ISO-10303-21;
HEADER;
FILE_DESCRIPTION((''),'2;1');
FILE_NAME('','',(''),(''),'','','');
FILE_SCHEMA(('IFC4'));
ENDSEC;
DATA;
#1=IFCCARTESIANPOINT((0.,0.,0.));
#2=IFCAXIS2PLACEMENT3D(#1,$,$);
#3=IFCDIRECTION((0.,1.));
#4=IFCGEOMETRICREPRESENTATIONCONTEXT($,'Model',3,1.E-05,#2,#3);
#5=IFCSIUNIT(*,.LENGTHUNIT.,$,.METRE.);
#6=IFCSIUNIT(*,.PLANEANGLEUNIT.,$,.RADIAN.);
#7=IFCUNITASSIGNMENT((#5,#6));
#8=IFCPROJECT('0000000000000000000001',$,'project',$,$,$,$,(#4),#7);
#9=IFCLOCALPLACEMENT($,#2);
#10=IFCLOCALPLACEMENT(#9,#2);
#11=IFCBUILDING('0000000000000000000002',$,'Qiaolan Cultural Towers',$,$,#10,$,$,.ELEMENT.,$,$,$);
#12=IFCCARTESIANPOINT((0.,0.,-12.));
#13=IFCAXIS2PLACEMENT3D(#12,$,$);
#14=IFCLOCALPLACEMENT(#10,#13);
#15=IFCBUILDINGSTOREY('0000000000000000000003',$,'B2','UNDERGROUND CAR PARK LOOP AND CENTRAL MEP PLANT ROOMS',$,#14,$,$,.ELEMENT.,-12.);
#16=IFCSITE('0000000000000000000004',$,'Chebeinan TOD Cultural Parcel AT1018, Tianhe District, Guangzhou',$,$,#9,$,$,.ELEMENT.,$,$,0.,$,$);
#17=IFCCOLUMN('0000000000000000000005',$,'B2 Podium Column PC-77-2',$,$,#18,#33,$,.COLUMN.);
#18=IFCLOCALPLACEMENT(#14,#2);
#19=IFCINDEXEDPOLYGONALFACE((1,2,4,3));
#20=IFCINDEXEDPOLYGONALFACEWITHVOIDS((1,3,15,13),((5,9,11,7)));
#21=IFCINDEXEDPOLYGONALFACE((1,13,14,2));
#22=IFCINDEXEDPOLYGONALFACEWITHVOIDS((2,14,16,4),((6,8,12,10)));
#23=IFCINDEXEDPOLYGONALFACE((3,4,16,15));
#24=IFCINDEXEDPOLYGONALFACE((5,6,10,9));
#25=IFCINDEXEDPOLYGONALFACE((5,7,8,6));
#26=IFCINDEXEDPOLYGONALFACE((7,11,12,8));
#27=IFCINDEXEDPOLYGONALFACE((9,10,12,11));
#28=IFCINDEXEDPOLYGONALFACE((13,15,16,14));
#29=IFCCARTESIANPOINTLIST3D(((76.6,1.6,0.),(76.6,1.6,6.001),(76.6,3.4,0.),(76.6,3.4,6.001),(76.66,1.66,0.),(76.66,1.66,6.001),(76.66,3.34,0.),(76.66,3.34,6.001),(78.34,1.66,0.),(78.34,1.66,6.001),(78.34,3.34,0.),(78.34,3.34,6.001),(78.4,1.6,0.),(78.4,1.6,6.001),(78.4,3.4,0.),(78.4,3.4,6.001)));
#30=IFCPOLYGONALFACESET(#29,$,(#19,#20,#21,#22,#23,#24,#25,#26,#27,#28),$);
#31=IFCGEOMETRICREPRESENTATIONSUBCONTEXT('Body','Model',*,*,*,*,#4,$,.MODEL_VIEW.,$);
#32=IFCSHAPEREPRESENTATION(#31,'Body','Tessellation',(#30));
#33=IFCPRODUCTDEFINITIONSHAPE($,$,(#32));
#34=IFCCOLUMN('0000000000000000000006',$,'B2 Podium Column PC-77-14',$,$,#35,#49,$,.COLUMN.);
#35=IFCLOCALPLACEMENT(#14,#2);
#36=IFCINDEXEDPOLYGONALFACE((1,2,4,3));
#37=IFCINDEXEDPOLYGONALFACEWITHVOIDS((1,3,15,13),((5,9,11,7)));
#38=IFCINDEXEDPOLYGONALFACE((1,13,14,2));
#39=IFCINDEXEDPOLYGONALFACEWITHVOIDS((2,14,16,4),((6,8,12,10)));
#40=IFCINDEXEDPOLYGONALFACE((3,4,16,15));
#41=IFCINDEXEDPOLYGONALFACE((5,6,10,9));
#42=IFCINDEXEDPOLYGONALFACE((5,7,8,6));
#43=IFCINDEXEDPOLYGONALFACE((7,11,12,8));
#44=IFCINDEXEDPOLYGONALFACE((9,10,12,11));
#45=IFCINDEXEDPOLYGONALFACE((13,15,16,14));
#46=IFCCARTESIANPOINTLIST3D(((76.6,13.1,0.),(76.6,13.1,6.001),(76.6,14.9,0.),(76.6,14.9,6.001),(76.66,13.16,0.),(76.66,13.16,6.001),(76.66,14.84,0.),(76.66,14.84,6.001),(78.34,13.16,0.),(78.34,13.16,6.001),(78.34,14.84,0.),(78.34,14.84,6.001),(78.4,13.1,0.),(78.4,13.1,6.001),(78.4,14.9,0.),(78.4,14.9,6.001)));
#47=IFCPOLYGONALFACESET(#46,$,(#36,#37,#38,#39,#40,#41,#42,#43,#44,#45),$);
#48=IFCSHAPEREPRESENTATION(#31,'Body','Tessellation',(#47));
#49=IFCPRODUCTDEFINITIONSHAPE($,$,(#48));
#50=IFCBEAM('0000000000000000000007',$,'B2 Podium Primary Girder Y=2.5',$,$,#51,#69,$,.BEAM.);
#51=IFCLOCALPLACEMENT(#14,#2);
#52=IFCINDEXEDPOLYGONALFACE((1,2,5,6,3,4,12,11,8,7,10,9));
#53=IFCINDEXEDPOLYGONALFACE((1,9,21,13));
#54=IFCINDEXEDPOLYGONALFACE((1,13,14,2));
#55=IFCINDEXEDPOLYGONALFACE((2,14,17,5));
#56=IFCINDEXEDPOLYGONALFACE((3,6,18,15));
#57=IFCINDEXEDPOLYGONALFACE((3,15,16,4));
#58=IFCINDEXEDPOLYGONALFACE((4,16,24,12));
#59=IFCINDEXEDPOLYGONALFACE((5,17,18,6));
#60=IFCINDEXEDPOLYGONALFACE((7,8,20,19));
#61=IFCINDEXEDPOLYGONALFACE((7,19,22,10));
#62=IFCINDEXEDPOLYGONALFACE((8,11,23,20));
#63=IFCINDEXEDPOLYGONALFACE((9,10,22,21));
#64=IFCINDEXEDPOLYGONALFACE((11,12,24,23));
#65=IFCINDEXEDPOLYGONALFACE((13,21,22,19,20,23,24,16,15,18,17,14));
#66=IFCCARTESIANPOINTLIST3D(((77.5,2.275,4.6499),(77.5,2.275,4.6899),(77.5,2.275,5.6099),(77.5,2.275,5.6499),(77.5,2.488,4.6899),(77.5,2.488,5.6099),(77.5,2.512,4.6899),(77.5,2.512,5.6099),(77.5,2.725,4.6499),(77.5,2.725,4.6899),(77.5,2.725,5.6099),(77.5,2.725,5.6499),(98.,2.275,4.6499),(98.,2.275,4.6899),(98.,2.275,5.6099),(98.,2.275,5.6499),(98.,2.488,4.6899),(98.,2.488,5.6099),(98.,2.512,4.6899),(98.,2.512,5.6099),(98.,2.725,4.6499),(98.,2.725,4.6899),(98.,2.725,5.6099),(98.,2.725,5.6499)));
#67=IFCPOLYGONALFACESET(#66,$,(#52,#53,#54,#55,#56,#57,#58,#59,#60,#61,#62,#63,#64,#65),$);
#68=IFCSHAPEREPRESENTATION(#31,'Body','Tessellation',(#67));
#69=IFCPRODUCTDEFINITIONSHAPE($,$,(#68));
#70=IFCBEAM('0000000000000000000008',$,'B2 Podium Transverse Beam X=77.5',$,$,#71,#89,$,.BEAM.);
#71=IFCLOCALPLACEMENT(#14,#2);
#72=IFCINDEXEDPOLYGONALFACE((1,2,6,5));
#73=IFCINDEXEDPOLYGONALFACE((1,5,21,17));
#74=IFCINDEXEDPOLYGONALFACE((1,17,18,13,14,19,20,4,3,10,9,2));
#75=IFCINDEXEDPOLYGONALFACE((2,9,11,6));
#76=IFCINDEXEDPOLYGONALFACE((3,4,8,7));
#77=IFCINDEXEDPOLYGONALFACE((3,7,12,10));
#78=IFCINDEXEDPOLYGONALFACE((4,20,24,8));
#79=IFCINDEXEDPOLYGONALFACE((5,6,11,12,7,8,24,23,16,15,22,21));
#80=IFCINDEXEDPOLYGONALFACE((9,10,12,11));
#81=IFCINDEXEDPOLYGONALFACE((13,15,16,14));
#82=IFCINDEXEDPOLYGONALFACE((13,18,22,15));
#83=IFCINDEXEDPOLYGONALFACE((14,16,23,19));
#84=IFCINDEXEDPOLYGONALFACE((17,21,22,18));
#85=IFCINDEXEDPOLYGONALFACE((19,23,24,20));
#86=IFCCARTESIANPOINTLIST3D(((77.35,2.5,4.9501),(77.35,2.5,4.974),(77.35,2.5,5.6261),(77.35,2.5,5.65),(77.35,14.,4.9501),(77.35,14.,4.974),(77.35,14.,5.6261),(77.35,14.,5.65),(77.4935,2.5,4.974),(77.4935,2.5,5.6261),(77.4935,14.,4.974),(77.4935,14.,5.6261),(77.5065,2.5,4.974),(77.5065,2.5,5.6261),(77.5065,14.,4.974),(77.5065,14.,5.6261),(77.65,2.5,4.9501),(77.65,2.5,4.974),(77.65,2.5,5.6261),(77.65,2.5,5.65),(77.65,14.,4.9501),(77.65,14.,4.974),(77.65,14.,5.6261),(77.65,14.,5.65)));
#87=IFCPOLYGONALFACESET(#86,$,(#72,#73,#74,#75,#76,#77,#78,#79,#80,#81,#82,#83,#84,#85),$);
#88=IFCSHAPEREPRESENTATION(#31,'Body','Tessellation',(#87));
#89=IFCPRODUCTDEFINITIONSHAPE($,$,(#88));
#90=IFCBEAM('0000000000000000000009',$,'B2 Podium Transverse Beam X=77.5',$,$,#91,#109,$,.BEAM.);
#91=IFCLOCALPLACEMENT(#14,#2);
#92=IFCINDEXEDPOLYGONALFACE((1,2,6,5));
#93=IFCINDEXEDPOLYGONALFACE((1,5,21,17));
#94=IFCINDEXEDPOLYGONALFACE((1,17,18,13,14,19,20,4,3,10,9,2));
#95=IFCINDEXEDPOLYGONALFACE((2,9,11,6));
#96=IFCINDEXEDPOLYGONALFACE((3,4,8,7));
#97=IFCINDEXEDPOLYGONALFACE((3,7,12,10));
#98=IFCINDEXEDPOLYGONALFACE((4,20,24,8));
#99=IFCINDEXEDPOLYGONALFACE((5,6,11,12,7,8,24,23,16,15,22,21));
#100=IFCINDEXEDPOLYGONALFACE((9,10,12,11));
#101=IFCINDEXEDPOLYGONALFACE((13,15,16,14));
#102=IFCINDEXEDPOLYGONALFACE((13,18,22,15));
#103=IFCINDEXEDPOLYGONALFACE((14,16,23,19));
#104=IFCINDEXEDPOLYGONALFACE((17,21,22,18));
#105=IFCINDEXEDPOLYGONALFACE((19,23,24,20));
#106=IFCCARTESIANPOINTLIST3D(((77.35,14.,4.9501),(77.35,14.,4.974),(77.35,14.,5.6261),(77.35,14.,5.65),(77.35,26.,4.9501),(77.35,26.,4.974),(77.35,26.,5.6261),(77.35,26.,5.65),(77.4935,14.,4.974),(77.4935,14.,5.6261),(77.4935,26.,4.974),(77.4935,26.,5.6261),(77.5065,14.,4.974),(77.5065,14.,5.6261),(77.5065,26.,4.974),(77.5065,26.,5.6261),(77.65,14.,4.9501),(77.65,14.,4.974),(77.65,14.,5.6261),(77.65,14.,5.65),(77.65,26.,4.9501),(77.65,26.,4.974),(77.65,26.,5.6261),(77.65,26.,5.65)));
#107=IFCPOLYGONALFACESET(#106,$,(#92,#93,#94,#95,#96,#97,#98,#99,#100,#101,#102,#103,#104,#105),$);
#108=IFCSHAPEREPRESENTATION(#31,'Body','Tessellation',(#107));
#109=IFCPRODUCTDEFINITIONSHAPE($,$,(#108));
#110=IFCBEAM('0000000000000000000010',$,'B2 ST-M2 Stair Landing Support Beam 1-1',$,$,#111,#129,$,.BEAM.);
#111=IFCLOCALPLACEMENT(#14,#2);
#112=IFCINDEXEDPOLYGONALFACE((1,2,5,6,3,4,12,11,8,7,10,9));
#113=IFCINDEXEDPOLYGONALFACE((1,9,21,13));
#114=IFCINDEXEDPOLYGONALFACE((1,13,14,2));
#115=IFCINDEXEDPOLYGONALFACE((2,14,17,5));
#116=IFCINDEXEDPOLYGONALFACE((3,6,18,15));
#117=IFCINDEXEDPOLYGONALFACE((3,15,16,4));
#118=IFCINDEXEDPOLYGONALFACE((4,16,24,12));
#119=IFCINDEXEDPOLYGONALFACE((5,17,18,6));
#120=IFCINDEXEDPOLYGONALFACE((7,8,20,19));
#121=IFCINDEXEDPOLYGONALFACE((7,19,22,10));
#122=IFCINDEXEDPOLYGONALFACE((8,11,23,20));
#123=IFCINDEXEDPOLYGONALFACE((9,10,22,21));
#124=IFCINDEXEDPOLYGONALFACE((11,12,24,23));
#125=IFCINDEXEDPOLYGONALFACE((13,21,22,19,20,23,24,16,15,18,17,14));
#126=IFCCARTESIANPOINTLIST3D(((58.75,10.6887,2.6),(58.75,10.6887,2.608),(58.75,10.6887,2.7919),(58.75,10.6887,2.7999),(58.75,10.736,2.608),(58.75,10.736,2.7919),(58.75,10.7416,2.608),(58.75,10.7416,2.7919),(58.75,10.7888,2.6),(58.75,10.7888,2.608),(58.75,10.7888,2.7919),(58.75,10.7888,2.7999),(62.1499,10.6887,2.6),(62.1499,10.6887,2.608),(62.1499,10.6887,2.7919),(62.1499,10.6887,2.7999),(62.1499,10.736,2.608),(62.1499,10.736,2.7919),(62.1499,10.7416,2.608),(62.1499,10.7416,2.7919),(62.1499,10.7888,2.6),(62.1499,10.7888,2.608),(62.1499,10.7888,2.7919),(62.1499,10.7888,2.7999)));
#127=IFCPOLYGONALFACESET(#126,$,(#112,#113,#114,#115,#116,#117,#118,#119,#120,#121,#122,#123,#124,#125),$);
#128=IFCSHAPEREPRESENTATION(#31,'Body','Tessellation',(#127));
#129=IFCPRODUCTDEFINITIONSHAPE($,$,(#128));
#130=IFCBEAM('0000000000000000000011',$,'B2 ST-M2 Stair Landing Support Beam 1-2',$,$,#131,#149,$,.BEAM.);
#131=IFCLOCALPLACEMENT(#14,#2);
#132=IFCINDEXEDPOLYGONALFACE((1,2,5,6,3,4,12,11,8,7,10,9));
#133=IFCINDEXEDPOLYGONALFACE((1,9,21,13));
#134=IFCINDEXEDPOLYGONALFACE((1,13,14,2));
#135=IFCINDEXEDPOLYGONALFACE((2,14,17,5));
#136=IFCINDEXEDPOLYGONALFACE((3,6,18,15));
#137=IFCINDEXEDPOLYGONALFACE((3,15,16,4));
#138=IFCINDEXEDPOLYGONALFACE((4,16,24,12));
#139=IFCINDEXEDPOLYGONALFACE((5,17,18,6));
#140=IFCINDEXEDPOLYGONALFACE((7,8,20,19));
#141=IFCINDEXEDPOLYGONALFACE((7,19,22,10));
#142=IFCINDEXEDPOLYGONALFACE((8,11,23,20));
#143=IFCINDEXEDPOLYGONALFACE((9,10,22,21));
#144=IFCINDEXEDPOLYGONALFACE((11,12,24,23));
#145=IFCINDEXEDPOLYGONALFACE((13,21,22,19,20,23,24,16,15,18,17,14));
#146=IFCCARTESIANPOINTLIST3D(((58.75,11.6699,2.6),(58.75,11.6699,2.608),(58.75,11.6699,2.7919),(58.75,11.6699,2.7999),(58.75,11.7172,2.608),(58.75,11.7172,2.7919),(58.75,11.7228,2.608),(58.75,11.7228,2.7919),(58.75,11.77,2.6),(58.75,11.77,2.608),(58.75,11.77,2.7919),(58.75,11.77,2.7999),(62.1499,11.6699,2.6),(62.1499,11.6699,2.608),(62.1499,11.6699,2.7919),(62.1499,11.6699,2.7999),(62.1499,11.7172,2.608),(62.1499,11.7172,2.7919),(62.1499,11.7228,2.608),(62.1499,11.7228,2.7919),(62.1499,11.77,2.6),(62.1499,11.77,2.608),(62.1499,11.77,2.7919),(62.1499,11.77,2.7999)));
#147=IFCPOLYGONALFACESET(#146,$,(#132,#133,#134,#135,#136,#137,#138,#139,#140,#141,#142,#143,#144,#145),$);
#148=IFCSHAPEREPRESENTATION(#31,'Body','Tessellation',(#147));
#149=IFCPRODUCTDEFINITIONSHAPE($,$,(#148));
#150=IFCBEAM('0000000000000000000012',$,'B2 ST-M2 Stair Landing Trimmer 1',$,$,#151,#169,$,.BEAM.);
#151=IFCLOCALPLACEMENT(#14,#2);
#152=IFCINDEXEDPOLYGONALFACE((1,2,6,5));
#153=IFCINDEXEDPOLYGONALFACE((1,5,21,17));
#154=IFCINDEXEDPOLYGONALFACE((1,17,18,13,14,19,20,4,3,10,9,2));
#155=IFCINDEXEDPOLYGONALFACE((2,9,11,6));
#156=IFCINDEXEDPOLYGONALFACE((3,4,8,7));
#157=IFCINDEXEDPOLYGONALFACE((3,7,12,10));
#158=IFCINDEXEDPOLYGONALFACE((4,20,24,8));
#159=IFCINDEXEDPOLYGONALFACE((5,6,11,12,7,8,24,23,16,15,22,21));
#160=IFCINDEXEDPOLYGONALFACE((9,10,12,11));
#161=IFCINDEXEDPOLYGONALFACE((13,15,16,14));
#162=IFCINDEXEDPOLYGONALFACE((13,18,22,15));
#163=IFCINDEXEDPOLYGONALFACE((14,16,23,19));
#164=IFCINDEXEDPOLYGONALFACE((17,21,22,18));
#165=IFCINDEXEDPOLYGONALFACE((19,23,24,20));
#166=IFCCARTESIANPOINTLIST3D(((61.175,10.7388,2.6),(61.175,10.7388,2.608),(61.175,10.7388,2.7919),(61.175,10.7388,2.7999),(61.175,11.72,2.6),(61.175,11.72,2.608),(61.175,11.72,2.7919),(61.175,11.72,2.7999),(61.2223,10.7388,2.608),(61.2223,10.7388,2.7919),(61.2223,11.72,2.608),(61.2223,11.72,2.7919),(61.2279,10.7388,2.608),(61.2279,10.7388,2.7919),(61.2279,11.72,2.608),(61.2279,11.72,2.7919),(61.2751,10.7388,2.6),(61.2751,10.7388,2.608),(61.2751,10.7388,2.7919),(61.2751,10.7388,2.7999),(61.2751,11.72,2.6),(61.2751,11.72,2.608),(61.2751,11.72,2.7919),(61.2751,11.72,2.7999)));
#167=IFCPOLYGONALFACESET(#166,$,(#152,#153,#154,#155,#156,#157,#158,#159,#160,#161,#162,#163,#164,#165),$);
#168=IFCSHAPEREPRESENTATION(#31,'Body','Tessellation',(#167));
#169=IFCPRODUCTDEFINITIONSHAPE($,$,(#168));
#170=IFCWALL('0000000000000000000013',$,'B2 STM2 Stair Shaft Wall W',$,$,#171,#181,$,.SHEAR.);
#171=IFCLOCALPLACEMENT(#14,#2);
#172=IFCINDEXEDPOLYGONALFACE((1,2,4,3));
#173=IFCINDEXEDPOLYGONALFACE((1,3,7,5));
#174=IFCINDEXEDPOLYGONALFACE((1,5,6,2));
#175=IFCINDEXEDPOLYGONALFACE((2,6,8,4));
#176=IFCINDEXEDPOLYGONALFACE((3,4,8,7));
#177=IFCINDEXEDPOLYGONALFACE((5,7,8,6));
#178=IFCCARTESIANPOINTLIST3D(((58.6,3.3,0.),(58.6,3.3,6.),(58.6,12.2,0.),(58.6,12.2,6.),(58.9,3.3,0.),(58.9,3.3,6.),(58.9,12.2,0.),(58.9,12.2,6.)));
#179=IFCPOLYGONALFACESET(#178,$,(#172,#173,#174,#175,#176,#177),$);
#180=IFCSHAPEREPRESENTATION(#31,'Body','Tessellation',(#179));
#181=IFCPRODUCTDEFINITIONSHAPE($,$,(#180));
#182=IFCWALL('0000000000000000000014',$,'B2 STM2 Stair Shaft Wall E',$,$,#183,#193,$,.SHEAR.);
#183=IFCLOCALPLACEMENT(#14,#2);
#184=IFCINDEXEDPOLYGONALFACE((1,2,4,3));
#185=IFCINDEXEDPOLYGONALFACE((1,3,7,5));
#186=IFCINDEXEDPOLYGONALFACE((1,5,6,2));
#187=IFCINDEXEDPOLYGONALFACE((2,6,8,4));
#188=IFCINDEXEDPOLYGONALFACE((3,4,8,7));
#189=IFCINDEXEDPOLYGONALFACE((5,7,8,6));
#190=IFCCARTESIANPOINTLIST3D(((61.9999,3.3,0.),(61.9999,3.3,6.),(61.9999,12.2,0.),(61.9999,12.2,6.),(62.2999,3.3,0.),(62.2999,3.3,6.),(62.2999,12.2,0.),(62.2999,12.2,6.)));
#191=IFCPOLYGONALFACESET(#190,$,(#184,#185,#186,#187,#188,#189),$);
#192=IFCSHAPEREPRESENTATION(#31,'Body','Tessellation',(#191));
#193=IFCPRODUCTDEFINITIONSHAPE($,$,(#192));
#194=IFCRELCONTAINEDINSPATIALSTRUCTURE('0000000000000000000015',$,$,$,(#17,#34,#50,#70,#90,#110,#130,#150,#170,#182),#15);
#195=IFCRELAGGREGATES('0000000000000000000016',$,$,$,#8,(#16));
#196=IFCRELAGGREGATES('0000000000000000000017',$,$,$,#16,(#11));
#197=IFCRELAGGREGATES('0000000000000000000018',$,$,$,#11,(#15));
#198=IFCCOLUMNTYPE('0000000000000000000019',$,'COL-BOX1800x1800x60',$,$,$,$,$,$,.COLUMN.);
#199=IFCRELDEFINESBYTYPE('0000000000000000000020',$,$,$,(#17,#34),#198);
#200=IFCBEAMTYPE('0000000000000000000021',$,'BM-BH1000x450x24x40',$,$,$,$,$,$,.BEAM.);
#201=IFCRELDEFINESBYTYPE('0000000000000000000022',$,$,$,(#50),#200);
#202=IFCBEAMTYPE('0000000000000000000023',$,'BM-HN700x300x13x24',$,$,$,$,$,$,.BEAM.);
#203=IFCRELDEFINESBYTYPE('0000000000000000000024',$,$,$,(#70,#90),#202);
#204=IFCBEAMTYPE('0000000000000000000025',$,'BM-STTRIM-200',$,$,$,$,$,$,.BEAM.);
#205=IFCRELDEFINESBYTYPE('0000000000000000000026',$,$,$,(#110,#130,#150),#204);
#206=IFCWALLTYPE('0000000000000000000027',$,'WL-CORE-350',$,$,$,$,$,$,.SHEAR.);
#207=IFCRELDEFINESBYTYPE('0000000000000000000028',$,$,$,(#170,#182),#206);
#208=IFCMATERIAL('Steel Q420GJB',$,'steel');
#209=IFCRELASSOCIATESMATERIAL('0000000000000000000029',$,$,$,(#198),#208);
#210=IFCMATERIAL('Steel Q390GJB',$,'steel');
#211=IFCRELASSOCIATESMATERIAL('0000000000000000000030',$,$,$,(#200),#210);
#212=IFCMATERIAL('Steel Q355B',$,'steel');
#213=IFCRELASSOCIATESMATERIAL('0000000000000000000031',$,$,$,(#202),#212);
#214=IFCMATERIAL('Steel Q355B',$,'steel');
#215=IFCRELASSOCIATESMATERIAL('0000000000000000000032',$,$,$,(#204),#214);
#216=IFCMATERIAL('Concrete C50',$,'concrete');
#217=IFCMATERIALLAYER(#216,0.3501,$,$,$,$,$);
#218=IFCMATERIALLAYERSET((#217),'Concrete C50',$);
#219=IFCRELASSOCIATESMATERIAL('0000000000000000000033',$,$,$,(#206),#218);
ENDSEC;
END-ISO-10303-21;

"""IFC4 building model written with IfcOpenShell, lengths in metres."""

from ifc_helpers import new_model, si_unit, direction, frame, frame_2d, origin, origin_2d, place, context, subcontext, project, spatial, rectangle, hollow_rectangle, i_section, extrude, material, layer, layer_set, material_profile, profile_set, type_object, element, save


model = new_model("IFC4")

# Units and contexts
model_context = context("Model", 3, precision=1e-05, world=origin(), true_north=direction((0.0, 1.0)))
body_context = subcontext(model_context, "Body", "Model", "MODEL_VIEW")
ifc_project = project(units=[si_unit("LENGTHUNIT", "METRE"), si_unit("PLANEANGLEUNIT", "RADIAN")], contexts=[model_context])

# Site, building, storey
site_placement = place(None, origin())
site = spatial("IfcSite", under=ifc_project, at=site_placement, Name="Chebeinan TOD Cultural Parcel AT1018, Tianhe District, Guangzhou", CompositionType="ELEMENT", RefElevation=0.0)
building_placement = place(site_placement, origin())
building = spatial("IfcBuilding", under=site, at=building_placement, Name="Qiaolan Cultural Towers", CompositionType="ELEMENT")
storey_placement = place(building_placement, frame((0.0, 0.0, -12.0)))
storey = spatial("IfcBuildingStorey", under=building, at=storey_placement, Name="B2", Description="UNDERGROUND CAR PARK LOOP AND CENTRAL MEP PLANT ROOMS", CompositionType="ELEMENT", Elevation=-12.0)

# Columns
ifc_material_1 = material(Name="Steel Q420GJB", Category="steel")
ifc_material_profile_1 = material_profile(ifc_material_1, hollow_rectangle(XDim=1.8, YDim=1.8, WallThickness=0.0601, at=origin_2d()), Name="BOX1800x1800x60")
ifc_profile_set_1 = profile_set([ifc_material_profile_1], Name="Steel Q420GJB")
column_type_1 = type_object("IfcColumnType", Name="COL-BOX1800x1800x60", PredefinedType="COLUMN", material=ifc_profile_set_1)
for number, where, z_axis, x_axis, name in (
    (1, (77.5, 2.5, 0.0), (0.0, 0.0, 1.0), (1.0, 0.0, 0.0), "B2 Podium Column PC-77-2"),
    (2, (77.5, 14.0, 0.0), (0.0, 0.0, 1.0), (1.0, 0.0, 0.0), "B2 Podium Column PC-77-14"),
):
    element("IfcColumn", number, at=place(storey_placement, frame(where, z_axis=z_axis, x_axis=x_axis)), inside=storey, type_object=column_type_1, Name=name, PredefinedType="COLUMN", context=body_context, shape_type="SweptSolid", body=[
        extrude(hollow_rectangle(XDim=1.8, YDim=1.8, WallThickness=0.0601, at=origin_2d()), origin(), (0.0, 0.0, 1.0), 6.001),
    ])

# Beams
ifc_material_2 = material(Name="Steel Q390GJB", Category="steel")
ifc_material_profile_2 = material_profile(ifc_material_2, i_section(OverallWidth=0.45, OverallDepth=1.0, WebThickness=0.0239, FlangeThickness=0.04, at=origin_2d()), Name="BH1000x450x24x40")
ifc_profile_set_2 = profile_set([ifc_material_profile_2], Name="Steel Q390GJB")
beam_type_1 = type_object("IfcBeamType", Name="BM-BH1000x450x24x40", PredefinedType="BEAM", material=ifc_profile_set_2)
beam_1_placement = place(storey_placement, frame((77.5, 2.5, 5.1499), z_axis=(1.0, 0.0, 0.0), x_axis=(0.0, 1.0, 0.0)))
element("IfcBeam", 3, at=beam_1_placement, inside=storey, type_object=beam_type_1, Name="B2 Podium Primary Girder Y=2.5", PredefinedType="BEAM", context=body_context, shape_type="SweptSolid", body=[
    extrude(i_section(OverallWidth=0.45, OverallDepth=1.0, WebThickness=0.0239, FlangeThickness=0.04, at=origin_2d()), origin(), (0.0, 0.0, 1.0), 20.5),
])
ifc_material_3 = material(Name="Steel Q355B", Category="steel")
ifc_material_profile_3 = material_profile(ifc_material_3, i_section(OverallWidth=0.3, OverallDepth=0.7, WebThickness=0.0129, FlangeThickness=0.0239, at=origin_2d()), Name="HN700x300x13x24")
ifc_profile_set_3 = profile_set([ifc_material_profile_3], Name="Steel Q355B")
beam_type_2 = type_object("IfcBeamType", Name="BM-HN700x300x13x24", PredefinedType="BEAM", material=ifc_profile_set_3)
beam_2_placement = place(storey_placement, frame((77.5, 2.5, 5.3), z_axis=(0.0, 1.0, 0.0), x_axis=(-1.0, 0.0, 0.0)))
element("IfcBeam", 4, at=beam_2_placement, inside=storey, type_object=beam_type_2, Name="B2 Podium Transverse Beam X=77.5", PredefinedType="BEAM", context=body_context, shape_type="SweptSolid", body=[
    extrude(i_section(OverallWidth=0.3, OverallDepth=0.7, WebThickness=0.0129, FlangeThickness=0.0239, at=origin_2d()), origin(), (0.0, 0.0, 1.0), 11.5),
])
beam_3_placement = place(storey_placement, frame((77.5, 14.0, 5.3), z_axis=(0.0, 1.0, 0.0), x_axis=(-1.0, 0.0, 0.0)))
element("IfcBeam", 5, at=beam_3_placement, inside=storey, type_object=beam_type_2, Name="B2 Podium Transverse Beam X=77.5", PredefinedType="BEAM", context=body_context, shape_type="SweptSolid", body=[
    extrude(i_section(OverallWidth=0.3, OverallDepth=0.7, WebThickness=0.0129, FlangeThickness=0.0239, at=origin_2d()), origin(), (0.0, 0.0, 1.0), 12.0),
])
ifc_material_4 = material(Name="Steel Q355B", Category="steel")
ifc_material_profile_4 = material_profile(ifc_material_4, i_section(OverallWidth=0.1001, OverallDepth=0.2, WebThickness=0.0056, FlangeThickness=0.0081, at=origin_2d()), Name="HN200x100x5.5x8")
ifc_profile_set_4 = profile_set([ifc_material_profile_4], Name="Steel Q355B")
beam_type_3 = type_object("IfcBeamType", Name="BM-STTRIM-200", PredefinedType="BEAM", material=ifc_profile_set_4)
for number, where, z_axis, x_axis, name in (
    (6, (62.1499, 10.7388, 2.7), (-1.0, 0.0, 0.0), (0.0, -1.0, 0.0), "B2 ST-M2 Stair Landing Support Beam 1-1"),
    (7, (62.1499, 11.72, 2.7), (-1.0, 0.0, 0.0), (0.0, -1.0, 0.0), "B2 ST-M2 Stair Landing Support Beam 1-2"),
):
    element("IfcBeam", number, at=place(storey_placement, frame(where, z_axis=z_axis, x_axis=x_axis)), inside=storey, type_object=beam_type_3, Name=name, PredefinedType="BEAM", context=body_context, shape_type="SweptSolid", body=[
        extrude(i_section(OverallWidth=0.1001, OverallDepth=0.2, WebThickness=0.0056, FlangeThickness=0.0081, at=origin_2d()), origin(), (0.0, 0.0, 1.0), 3.3999),
    ])
beam_4_placement = place(storey_placement, frame((61.2251, 10.7388, 2.7), z_axis=(0.0, 1.0, 0.0), x_axis=(-1.0, 0.0, 0.0)))
element("IfcBeam", 8, at=beam_4_placement, inside=storey, type_object=beam_type_3, Name="B2 ST-M2 Stair Landing Trimmer 1", PredefinedType="BEAM", context=body_context, shape_type="SweptSolid", body=[
    extrude(i_section(OverallWidth=0.1001, OverallDepth=0.2, WebThickness=0.0056, FlangeThickness=0.0081, at=origin_2d()), origin(), (0.0, 0.0, 1.0), 0.9812),
])

# Walls
ifc_material_5 = material(Name="Concrete C50", Category="concrete")
ifc_layer = layer(ifc_material_5, 0.3501)
ifc_layer_set = layer_set([ifc_layer], Name="Concrete C50")
wall_type = type_object("IfcWallType", Name="WL-CORE-350", PredefinedType="SHEAR", material=ifc_layer_set)
for number, where, z_axis, x_axis, name in (
    (9, (58.75, 3.3, 0.0), (0.0, 0.0, 1.0), (0.0, 1.0, 0.0), "B2 STM2 Stair Shaft Wall W"),
    (10, (62.1499, 3.3, 0.0), (0.0, 0.0, 1.0), (0.0, 1.0, 0.0), "B2 STM2 Stair Shaft Wall E"),
):
    element("IfcWall", number, at=place(storey_placement, frame(where, z_axis=z_axis, x_axis=x_axis)), inside=storey, type_object=wall_type, Name=name, PredefinedType="SHEAR", context=body_context, shape_type="SweptSolid", body=[
        extrude(rectangle(XDim=8.8999, YDim=0.3, at=frame_2d((4.45, 0.0))), origin(), (0.0, 0.0, 1.0), 6.0),
    ])

save(model, "model.ifc")
